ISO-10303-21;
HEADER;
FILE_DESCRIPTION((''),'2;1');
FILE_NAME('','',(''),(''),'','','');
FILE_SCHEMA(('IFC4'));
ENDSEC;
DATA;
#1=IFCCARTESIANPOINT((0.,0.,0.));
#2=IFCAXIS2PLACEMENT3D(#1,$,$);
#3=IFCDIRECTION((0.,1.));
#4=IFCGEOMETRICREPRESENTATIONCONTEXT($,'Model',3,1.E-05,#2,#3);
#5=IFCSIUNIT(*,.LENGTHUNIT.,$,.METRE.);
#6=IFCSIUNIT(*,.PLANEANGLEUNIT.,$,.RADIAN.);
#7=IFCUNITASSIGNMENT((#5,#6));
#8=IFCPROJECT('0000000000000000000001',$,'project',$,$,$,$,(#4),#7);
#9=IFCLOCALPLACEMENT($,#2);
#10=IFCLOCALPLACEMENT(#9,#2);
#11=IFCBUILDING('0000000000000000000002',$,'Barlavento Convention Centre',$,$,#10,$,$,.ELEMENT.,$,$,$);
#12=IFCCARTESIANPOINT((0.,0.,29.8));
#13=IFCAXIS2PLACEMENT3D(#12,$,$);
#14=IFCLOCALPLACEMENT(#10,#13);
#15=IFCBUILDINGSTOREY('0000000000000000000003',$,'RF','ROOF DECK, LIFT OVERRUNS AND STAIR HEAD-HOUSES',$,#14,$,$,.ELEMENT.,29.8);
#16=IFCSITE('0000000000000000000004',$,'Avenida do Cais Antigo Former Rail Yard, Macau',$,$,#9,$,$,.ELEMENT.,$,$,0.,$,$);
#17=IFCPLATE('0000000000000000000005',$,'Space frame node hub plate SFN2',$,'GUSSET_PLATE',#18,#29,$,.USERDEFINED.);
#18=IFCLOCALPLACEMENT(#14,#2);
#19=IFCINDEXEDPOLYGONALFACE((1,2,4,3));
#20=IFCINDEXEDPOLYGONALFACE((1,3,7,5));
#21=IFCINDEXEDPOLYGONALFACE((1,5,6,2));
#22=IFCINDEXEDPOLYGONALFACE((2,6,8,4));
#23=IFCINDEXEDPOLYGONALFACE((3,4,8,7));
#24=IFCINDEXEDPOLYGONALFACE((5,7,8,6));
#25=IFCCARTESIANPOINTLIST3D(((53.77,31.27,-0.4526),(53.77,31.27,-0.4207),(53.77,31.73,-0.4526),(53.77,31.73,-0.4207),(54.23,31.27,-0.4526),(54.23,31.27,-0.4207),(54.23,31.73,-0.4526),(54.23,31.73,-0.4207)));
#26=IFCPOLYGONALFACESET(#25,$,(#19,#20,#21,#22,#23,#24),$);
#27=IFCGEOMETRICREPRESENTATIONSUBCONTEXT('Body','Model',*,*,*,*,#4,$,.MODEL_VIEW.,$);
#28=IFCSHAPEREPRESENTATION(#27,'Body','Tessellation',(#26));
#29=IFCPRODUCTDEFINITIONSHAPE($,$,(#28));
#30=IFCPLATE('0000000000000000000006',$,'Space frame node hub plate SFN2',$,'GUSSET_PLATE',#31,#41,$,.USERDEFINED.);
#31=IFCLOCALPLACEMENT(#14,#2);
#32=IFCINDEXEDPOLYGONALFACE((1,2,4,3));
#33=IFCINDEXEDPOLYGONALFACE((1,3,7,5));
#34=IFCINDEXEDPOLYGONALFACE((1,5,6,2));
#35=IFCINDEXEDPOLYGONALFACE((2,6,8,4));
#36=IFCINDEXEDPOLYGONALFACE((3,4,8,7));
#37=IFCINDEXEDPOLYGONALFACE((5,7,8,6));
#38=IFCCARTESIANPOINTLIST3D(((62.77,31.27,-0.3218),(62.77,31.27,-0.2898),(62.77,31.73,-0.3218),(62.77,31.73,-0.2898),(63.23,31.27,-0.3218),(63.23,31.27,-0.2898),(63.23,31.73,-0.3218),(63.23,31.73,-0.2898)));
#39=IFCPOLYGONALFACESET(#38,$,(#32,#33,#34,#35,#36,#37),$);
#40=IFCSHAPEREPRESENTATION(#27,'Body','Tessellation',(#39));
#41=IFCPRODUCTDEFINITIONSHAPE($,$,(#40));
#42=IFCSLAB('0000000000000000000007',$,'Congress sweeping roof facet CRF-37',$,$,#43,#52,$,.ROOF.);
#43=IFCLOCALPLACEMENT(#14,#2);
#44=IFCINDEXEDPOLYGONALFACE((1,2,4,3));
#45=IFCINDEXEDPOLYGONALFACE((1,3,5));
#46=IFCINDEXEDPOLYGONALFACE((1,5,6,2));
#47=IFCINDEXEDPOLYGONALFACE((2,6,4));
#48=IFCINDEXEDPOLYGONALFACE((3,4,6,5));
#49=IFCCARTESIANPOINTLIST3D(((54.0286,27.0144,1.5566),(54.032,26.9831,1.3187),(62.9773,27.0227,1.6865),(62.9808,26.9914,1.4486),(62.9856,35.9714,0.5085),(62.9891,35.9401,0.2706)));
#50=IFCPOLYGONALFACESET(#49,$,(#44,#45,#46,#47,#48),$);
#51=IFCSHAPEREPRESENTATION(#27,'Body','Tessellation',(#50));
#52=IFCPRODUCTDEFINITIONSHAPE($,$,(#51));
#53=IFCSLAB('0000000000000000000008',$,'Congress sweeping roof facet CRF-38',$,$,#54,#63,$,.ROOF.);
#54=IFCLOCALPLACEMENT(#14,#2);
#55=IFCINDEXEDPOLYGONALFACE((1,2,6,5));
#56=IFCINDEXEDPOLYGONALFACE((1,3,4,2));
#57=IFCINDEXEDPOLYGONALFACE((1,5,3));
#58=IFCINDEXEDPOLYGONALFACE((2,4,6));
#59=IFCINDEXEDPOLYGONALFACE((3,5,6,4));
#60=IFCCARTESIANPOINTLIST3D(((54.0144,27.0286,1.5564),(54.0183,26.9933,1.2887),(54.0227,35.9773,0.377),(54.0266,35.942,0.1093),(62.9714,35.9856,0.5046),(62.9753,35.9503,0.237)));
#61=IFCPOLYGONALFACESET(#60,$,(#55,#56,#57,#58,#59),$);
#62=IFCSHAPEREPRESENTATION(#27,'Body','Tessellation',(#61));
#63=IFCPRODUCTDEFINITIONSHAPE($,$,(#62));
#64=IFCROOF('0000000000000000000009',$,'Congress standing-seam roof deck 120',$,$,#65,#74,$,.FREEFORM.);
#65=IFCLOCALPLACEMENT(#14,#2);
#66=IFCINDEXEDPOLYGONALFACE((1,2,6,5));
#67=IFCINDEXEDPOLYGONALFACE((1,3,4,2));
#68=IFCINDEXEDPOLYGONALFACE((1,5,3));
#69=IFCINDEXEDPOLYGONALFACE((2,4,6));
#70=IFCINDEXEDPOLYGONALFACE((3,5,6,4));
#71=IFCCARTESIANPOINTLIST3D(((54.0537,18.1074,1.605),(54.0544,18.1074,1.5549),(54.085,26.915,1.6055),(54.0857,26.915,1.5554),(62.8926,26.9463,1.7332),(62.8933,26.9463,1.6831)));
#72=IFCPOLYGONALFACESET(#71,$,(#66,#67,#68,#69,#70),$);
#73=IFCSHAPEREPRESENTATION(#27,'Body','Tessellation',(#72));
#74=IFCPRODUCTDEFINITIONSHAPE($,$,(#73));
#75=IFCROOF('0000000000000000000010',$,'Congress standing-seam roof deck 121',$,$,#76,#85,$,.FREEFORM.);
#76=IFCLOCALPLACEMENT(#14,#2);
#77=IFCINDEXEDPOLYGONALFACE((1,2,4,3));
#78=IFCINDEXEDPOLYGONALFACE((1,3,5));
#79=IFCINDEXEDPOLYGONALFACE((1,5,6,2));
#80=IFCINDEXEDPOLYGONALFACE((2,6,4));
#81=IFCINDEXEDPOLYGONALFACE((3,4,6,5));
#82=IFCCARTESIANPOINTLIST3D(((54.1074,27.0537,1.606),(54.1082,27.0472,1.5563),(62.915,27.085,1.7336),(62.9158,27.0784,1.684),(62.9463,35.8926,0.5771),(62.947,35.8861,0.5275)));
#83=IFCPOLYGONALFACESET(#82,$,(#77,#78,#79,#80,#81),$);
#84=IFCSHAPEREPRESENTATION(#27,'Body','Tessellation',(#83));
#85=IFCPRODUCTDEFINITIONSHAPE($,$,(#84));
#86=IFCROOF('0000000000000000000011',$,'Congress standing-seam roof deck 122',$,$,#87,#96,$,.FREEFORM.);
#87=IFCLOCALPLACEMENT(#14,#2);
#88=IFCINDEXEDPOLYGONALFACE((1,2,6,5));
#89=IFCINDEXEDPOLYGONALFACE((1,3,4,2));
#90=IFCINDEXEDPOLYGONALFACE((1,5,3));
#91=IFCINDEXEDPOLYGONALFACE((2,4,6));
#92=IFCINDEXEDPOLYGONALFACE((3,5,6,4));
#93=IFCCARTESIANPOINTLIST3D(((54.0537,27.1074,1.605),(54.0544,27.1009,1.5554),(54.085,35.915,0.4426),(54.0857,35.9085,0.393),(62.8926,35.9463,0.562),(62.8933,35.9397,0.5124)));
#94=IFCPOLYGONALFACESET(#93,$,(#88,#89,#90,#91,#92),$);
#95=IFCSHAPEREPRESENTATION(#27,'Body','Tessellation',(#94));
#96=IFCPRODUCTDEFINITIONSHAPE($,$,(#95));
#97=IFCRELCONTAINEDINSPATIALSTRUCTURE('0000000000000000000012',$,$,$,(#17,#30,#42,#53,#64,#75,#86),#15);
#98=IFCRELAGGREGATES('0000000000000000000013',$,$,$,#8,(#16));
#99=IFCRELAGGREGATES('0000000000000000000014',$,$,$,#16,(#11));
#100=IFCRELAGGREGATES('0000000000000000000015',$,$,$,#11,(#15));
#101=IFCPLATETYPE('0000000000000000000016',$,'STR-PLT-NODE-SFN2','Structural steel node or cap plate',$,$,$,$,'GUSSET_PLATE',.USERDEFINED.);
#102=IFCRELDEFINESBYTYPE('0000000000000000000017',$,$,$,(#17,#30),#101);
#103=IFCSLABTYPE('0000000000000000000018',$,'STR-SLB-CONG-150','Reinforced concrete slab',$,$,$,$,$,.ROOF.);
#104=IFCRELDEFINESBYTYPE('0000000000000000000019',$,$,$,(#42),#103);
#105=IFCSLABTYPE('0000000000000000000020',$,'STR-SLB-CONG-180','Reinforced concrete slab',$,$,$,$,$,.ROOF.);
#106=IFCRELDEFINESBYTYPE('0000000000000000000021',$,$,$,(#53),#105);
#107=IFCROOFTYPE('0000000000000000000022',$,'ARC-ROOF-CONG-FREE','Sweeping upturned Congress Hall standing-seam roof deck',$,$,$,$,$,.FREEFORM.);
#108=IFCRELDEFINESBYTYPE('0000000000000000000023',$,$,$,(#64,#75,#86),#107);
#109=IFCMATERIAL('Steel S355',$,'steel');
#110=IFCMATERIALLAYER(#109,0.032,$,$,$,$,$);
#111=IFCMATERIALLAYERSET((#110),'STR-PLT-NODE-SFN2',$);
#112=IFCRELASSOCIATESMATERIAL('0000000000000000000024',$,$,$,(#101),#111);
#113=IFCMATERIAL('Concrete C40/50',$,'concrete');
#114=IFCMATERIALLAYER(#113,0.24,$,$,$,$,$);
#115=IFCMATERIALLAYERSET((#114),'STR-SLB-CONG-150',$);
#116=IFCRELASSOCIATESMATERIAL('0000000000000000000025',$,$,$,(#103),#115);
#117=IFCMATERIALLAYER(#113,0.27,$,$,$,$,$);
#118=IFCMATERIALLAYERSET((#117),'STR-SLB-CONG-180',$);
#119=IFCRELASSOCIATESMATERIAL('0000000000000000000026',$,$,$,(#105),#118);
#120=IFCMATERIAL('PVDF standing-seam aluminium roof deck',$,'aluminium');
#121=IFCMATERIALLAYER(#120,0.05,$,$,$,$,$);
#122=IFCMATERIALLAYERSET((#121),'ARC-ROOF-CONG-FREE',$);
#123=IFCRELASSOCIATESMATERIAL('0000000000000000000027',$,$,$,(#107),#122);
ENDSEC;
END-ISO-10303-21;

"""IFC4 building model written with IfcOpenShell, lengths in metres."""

from ifc_helpers import new_model, si_unit, direction, frame, origin, origin_2d, place, context, subcontext, project, spatial, polyline, rectangle, outline, extrude, material, layer, layer_set, type_object, element, save


model = new_model("IFC4")

# Units and contexts
model_context = context("Model", 3, precision=1e-05, world=origin(), true_north=direction((0.0, 1.0)))
body_context = subcontext(model_context, "Body", "Model", "MODEL_VIEW")
ifc_project = project(units=[si_unit("LENGTHUNIT", "METRE"), si_unit("PLANEANGLEUNIT", "RADIAN")], contexts=[model_context])

# Site, building, storey
site_placement = place(None, origin())
site = spatial("IfcSite", under=ifc_project, at=site_placement, Name="Avenida do Cais Antigo Former Rail Yard, Macau", CompositionType="ELEMENT", RefElevation=0.0)
building_placement = place(site_placement, origin())
building = spatial("IfcBuilding", under=site, at=building_placement, Name="Barlavento Convention Centre", CompositionType="ELEMENT")
storey_placement = place(building_placement, frame((0.0, 0.0, 29.8)))
storey = spatial("IfcBuildingStorey", under=building, at=storey_placement, Name="RF", Description="ROOF DECK, LIFT OVERRUNS AND STAIR HEAD-HOUSES", CompositionType="ELEMENT", Elevation=29.8)

# Shared definitions
ifc_material_1 = material(Name="Steel S355", Category="steel")

# Plates
ifc_layer_1 = layer(ifc_material_1, 0.032)
ifc_layer_set_1 = layer_set([ifc_layer_1], Name="STR-PLT-NODE-SFN2")
plate_type_1 = type_object("IfcPlateType", Name="STR-PLT-NODE-SFN2", Description="Structural steel node or cap plate", ElementType="GUSSET_PLATE", PredefinedType="USERDEFINED", material=ifc_layer_set_1)
for number, where, z_axis, x_axis, name in (
    (1, (54.0, 31.5, -0.4526), (0.0, 0.0, 1.0), (1.0, 0.0, 0.0), "Space frame node hub plate SFN2"),
    (2, (63.0, 31.5, -0.3218), (0.0, 0.0, 1.0), (1.0, 0.0, 0.0), "Space frame node hub plate SFN2"),
):
    element("IfcPlate", number, at=place(storey_placement, frame(where, z_axis=z_axis, x_axis=x_axis)), inside=storey, type_object=plate_type_1, Name=name, ObjectType="GUSSET_PLATE", PredefinedType="USERDEFINED", context=body_context, shape_type="SweptSolid", body=[
        extrude(rectangle(XDim=0.46, YDim=0.46, at=origin_2d()), origin(), (0.0, 0.0, 1.0), 0.032),
    ])

# Slabs
ifc_material_2 = material(Name="Concrete C40/50", Category="concrete")
ifc_layer_2 = layer(ifc_material_2, 0.24)
ifc_layer_set_2 = layer_set([ifc_layer_2], Name="STR-SLB-CONG-150")
slab_type_1 = type_object("IfcSlabType", Name="STR-SLB-CONG-150", Description="Reinforced concrete slab", PredefinedType="ROOF", material=ifc_layer_set_2)
slab_1_placement = place(storey_placement, frame((54.0286, 27.0144, 1.5566), z_axis=(-0.014509, 0.13051, 0.991341), x_axis=(0.999894, 0.000927, 0.014513)))
element("IfcSlab", 3, at=slab_1_placement, inside=storey, type_object=slab_type_1, Name="Congress sweeping roof facet CRF-37", PredefinedType="ROOF", context=body_context, shape_type="SweptSolid", body=[
    extrude(outline(polyline([(0.0, 0.0), (8.9497, 0.0), (8.9492, 9.0259), (0.0, 0.0)])), origin(), (0.0, 0.0, -1.0), 0.24),
])
ifc_layer_3 = layer(ifc_material_2, 0.27)
ifc_layer_set_3 = layer_set([ifc_layer_3], Name="STR-SLB-CONG-180")
slab_type_2 = type_object("IfcSlabType", Name="STR-SLB-CONG-180", Description="Reinforced concrete slab", PredefinedType="ROOF", material=ifc_layer_set_3)
slab_2_placement = place(storey_placement, frame((54.0144, 27.0286, 1.5564), z_axis=(-0.014266, 0.13067, 0.991323), x_axis=(0.704682, 0.704682, -0.082746)))
element("IfcSlab", 4, at=slab_2_placement, inside=storey, type_object=slab_type_2, Name="Congress sweeping roof facet CRF-38", PredefinedType="ROOF", context=body_context, shape_type="SweptSolid", body=[
    extrude(outline(polyline([(0.0, 0.0), (12.7107, 0.0), (6.4095, 6.3553), (0.0, 0.0)])), origin(), (0.0, 0.0, -1.0), 0.27),
])

# Roofs
ifc_material_3 = material(Name="PVDF standing-seam aluminium roof deck", Category="aluminium")
ifc_layer_4 = layer(ifc_material_3, 0.05)
ifc_layer_set_4 = layer_set([ifc_layer_4], Name="ARC-ROOF-CONG-FREE")
roof_type = type_object("IfcRoofType", Name="ARC-ROOF-CONG-FREE", Description="Sweeping upturned Congress Hall standing-seam roof deck", PredefinedType="FREEFORM", material=ifc_layer_set_4)
roof_1_placement = place(storey_placement, frame((54.0537, 18.1074, 1.605), z_axis=(-0.014496, -0.000004, 0.999895), x_axis=(0.70707, 0.70707, 0.010253)))
element("IfcRoof", 5, at=roof_1_placement, inside=storey, type_object=roof_type, Name="Congress standing-seam roof deck 120", PredefinedType="FREEFORM", context=body_context, shape_type="SweptSolid", body=[
    extrude(outline(polyline([(0.0, 0.0), (12.5007, 0.0), (6.2497, 6.2062), (0.0, 0.0)])), origin(), (0.0, 0.0, -1.0), 0.05),
])
roof_2_placement = place(storey_placement, frame((54.1074, 27.0537, 1.606), z_axis=(-0.014834, 0.130226, 0.991373), x_axis=(0.999889, 0.003548, 0.014496)))
element("IfcRoof", 6, at=roof_2_placement, inside=storey, type_object=roof_type, Name="Congress standing-seam roof deck 121", PredefinedType="FREEFORM", context=body_context, shape_type="SweptSolid", body=[
    extrude(outline(polyline([(0.0, 0.0), (8.8086, 0.0), (8.8543, 8.8832), (0.0, 0.0)])), origin(), (0.0, 0.0, -1.0), 0.05),
])
roof_3_placement = place(storey_placement, frame((54.0537, 27.1074, 1.605), z_axis=(-0.013901, 0.130873, 0.991302), x_axis=(0.704658, 0.704658, -0.083148)))
element("IfcRoof", 7, at=roof_3_placement, inside=storey, type_object=roof_type, Name="Congress standing-seam roof deck 122", PredefinedType="FREEFORM", context=body_context, shape_type="SweptSolid", body=[
    extrude(outline(polyline([(0.0, 0.0), (12.5435, 0.0), (6.325, 6.2386), (0.0, 0.0)])), origin(), (0.0, 0.0, -1.0), 0.05),
])

save(model, "model.ifc")
